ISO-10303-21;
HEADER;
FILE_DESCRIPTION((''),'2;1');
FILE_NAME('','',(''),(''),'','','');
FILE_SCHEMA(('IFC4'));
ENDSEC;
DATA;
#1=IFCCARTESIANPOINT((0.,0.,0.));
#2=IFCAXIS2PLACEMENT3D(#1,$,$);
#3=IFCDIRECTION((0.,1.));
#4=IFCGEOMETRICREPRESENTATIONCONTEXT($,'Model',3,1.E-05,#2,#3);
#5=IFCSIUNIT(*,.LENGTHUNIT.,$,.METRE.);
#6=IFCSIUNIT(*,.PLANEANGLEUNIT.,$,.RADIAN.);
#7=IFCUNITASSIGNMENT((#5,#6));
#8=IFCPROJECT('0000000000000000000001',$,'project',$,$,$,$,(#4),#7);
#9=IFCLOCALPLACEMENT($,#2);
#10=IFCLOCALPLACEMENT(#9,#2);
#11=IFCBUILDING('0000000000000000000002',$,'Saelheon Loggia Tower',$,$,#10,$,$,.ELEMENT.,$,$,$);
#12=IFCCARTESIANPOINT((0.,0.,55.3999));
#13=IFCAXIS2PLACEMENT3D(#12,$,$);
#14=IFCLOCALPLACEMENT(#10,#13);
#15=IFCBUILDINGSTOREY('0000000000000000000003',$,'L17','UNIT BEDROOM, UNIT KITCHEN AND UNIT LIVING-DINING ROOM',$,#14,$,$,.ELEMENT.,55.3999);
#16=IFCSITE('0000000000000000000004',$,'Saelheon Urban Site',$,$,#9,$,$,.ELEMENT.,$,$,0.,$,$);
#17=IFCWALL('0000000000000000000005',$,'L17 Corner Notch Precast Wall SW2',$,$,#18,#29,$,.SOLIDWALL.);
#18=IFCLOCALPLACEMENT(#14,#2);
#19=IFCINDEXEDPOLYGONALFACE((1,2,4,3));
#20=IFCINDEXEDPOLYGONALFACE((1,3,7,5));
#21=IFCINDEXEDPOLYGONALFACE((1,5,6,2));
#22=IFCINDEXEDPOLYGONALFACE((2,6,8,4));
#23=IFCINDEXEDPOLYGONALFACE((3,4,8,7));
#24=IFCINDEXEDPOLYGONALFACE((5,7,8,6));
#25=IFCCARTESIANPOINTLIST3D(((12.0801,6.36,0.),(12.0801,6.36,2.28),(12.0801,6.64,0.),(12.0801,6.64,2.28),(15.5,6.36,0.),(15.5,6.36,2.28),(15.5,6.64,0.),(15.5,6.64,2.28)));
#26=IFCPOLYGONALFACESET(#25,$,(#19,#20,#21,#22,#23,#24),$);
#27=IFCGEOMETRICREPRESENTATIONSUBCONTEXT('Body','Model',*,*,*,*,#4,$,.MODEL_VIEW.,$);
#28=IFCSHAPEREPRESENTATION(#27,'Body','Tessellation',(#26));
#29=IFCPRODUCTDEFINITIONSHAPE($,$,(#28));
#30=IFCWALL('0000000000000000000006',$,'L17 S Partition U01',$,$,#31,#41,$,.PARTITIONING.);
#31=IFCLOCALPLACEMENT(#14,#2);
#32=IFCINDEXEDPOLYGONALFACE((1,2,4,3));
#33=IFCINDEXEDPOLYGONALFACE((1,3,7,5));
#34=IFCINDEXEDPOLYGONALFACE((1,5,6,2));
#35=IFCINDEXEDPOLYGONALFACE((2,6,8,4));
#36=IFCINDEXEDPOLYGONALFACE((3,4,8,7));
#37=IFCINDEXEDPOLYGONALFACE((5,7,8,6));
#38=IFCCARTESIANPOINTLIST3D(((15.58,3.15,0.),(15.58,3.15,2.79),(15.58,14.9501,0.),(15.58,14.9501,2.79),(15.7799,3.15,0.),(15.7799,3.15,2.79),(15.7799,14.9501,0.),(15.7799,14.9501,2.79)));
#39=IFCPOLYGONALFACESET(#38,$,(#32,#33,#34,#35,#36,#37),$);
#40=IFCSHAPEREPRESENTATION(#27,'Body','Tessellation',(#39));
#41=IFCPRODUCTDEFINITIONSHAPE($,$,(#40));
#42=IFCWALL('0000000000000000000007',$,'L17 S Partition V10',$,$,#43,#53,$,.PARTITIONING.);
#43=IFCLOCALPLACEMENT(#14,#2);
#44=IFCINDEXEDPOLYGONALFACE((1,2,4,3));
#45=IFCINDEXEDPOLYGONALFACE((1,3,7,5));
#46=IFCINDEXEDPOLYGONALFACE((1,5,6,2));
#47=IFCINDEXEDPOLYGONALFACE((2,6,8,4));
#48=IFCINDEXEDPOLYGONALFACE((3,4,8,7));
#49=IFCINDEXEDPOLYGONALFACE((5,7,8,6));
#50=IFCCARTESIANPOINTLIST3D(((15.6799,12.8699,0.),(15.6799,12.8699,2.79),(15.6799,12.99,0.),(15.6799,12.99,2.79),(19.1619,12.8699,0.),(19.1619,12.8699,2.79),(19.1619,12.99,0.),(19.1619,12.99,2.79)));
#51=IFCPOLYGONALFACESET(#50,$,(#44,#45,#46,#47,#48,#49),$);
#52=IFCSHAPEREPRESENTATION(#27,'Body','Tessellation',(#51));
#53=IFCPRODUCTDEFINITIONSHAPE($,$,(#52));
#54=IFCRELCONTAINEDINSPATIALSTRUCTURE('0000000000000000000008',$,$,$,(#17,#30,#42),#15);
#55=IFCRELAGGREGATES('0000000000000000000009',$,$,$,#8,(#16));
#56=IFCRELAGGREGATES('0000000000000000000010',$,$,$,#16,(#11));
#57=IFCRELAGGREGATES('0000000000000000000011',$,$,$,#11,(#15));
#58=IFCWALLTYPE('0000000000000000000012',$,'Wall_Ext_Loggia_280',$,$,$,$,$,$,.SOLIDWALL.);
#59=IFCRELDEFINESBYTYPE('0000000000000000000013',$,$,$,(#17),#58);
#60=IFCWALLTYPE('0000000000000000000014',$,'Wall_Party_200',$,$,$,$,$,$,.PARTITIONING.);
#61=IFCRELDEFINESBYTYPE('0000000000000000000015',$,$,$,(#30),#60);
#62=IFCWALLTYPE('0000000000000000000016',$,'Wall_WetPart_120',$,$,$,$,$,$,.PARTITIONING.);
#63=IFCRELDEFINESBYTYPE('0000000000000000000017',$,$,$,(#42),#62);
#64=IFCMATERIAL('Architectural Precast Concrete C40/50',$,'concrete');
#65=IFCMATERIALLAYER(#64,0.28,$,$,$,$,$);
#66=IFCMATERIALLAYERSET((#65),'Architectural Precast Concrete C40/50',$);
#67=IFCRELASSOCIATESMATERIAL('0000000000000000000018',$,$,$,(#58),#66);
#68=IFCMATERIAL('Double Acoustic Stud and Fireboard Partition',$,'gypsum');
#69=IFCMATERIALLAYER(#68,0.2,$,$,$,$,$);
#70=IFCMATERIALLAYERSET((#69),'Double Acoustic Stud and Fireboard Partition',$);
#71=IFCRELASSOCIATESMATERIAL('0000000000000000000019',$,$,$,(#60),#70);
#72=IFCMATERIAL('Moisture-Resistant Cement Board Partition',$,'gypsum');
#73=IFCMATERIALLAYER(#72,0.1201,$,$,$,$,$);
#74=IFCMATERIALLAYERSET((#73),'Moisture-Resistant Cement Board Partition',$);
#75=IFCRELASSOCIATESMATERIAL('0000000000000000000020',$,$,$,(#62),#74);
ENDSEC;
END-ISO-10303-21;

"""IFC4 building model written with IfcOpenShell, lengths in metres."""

from ifc_helpers import new_model, si_unit, direction, frame, frame_2d, origin, place, context, subcontext, project, spatial, rectangle, extrude, material, layer, layer_set, type_object, element, save


model = new_model("IFC4")

# Units and contexts
model_context = context("Model", 3, precision=1e-05, world=origin(), true_north=direction((0.0, 1.0)))
body_context = subcontext(model_context, "Body", "Model", "MODEL_VIEW")
ifc_project = project(units=[si_unit("LENGTHUNIT", "METRE"), si_unit("PLANEANGLEUNIT", "RADIAN")], contexts=[model_context])

# Site, building, storey
site_placement = place(None, origin())
site = spatial("IfcSite", under=ifc_project, at=site_placement, Name="Saelheon Urban Site", CompositionType="ELEMENT", RefElevation=0.0)
building_placement = place(site_placement, origin())
building = spatial("IfcBuilding", under=site, at=building_placement, Name="Saelheon Loggia Tower", CompositionType="ELEMENT")
storey_placement = place(building_placement, frame((0.0, 0.0, 55.3999)))
storey = spatial("IfcBuildingStorey", under=building, at=storey_placement, Name="L17", Description="UNIT BEDROOM, UNIT KITCHEN AND UNIT LIVING-DINING ROOM", CompositionType="ELEMENT", Elevation=55.3999)

# Shared definitions
ifc_material_1 = material(Name="Architectural Precast Concrete C40/50", Category="concrete")
ifc_layer_1 = layer(ifc_material_1, 0.28)
ifc_layer_set_1 = layer_set([ifc_layer_1], Name="Architectural Precast Concrete C40/50")
wall_type_1 = type_object("IfcWallType", Name="Wall_Ext_Loggia_280", PredefinedType="SOLIDWALL", material=ifc_layer_set_1)

# Walls
wall_1_placement = place(storey_placement, frame((12.0801, 6.5, 0.0), z_axis=(0.0, 0.0, 1.0), x_axis=(1.0, 0.0, 0.0)))
element("IfcWall", 1, at=wall_1_placement, inside=storey, type_object=wall_type_1, Name="L17 Corner Notch Precast Wall SW2", PredefinedType="SOLIDWALL", context=body_context, shape_type="SweptSolid", body=[
    extrude(rectangle(XDim=3.4199, YDim=0.28, at=frame_2d((1.71, 0.0))), origin(), (0.0, 0.0, 1.0), 2.28),
])
ifc_material_2 = material(Name="Double Acoustic Stud and Fireboard Partition", Category="gypsum")
ifc_layer_2 = layer(ifc_material_2, 0.2)
ifc_layer_set_2 = layer_set([ifc_layer_2], Name="Double Acoustic Stud and Fireboard Partition")
wall_type_2 = type_object("IfcWallType", Name="Wall_Party_200", PredefinedType="PARTITIONING", material=ifc_layer_set_2)
wall_2_placement = place(storey_placement, frame((15.6799, 14.95, 0.0), z_axis=(0.0, 0.0, 1.0), x_axis=(0.0, -1.0, 0.0)))
element("IfcWall", 2, at=wall_2_placement, inside=storey, type_object=wall_type_2, Name="L17 S Partition U01", PredefinedType="PARTITIONING", context=body_context, shape_type="SweptSolid", body=[
    extrude(rectangle(XDim=11.8, YDim=0.2, at=frame_2d((5.8999, 0.0))), origin(), (0.0, 0.0, 1.0), 2.79),
])
ifc_material_3 = material(Name="Moisture-Resistant Cement Board Partition", Category="gypsum")
ifc_layer_3 = layer(ifc_material_3, 0.1201)
ifc_layer_set_3 = layer_set([ifc_layer_3], Name="Moisture-Resistant Cement Board Partition")
wall_type_3 = type_object("IfcWallType", Name="Wall_WetPart_120", PredefinedType="PARTITIONING", material=ifc_layer_set_3)
wall_3_placement = place(storey_placement, frame((15.6799, 12.9299, 0.0), z_axis=(0.0, 0.0, 1.0), x_axis=(1.0, 0.0, 0.0)))
element("IfcWall", 3, at=wall_3_placement, inside=storey, type_object=wall_type_3, Name="L17 S Partition V10", PredefinedType="PARTITIONING", context=body_context, shape_type="SweptSolid", body=[
    extrude(rectangle(XDim=3.4819, YDim=0.1201, at=frame_2d((1.741, 0.0))), origin(), (0.0, 0.0, 1.0), 2.79),
])

save(model, "model.ifc")
